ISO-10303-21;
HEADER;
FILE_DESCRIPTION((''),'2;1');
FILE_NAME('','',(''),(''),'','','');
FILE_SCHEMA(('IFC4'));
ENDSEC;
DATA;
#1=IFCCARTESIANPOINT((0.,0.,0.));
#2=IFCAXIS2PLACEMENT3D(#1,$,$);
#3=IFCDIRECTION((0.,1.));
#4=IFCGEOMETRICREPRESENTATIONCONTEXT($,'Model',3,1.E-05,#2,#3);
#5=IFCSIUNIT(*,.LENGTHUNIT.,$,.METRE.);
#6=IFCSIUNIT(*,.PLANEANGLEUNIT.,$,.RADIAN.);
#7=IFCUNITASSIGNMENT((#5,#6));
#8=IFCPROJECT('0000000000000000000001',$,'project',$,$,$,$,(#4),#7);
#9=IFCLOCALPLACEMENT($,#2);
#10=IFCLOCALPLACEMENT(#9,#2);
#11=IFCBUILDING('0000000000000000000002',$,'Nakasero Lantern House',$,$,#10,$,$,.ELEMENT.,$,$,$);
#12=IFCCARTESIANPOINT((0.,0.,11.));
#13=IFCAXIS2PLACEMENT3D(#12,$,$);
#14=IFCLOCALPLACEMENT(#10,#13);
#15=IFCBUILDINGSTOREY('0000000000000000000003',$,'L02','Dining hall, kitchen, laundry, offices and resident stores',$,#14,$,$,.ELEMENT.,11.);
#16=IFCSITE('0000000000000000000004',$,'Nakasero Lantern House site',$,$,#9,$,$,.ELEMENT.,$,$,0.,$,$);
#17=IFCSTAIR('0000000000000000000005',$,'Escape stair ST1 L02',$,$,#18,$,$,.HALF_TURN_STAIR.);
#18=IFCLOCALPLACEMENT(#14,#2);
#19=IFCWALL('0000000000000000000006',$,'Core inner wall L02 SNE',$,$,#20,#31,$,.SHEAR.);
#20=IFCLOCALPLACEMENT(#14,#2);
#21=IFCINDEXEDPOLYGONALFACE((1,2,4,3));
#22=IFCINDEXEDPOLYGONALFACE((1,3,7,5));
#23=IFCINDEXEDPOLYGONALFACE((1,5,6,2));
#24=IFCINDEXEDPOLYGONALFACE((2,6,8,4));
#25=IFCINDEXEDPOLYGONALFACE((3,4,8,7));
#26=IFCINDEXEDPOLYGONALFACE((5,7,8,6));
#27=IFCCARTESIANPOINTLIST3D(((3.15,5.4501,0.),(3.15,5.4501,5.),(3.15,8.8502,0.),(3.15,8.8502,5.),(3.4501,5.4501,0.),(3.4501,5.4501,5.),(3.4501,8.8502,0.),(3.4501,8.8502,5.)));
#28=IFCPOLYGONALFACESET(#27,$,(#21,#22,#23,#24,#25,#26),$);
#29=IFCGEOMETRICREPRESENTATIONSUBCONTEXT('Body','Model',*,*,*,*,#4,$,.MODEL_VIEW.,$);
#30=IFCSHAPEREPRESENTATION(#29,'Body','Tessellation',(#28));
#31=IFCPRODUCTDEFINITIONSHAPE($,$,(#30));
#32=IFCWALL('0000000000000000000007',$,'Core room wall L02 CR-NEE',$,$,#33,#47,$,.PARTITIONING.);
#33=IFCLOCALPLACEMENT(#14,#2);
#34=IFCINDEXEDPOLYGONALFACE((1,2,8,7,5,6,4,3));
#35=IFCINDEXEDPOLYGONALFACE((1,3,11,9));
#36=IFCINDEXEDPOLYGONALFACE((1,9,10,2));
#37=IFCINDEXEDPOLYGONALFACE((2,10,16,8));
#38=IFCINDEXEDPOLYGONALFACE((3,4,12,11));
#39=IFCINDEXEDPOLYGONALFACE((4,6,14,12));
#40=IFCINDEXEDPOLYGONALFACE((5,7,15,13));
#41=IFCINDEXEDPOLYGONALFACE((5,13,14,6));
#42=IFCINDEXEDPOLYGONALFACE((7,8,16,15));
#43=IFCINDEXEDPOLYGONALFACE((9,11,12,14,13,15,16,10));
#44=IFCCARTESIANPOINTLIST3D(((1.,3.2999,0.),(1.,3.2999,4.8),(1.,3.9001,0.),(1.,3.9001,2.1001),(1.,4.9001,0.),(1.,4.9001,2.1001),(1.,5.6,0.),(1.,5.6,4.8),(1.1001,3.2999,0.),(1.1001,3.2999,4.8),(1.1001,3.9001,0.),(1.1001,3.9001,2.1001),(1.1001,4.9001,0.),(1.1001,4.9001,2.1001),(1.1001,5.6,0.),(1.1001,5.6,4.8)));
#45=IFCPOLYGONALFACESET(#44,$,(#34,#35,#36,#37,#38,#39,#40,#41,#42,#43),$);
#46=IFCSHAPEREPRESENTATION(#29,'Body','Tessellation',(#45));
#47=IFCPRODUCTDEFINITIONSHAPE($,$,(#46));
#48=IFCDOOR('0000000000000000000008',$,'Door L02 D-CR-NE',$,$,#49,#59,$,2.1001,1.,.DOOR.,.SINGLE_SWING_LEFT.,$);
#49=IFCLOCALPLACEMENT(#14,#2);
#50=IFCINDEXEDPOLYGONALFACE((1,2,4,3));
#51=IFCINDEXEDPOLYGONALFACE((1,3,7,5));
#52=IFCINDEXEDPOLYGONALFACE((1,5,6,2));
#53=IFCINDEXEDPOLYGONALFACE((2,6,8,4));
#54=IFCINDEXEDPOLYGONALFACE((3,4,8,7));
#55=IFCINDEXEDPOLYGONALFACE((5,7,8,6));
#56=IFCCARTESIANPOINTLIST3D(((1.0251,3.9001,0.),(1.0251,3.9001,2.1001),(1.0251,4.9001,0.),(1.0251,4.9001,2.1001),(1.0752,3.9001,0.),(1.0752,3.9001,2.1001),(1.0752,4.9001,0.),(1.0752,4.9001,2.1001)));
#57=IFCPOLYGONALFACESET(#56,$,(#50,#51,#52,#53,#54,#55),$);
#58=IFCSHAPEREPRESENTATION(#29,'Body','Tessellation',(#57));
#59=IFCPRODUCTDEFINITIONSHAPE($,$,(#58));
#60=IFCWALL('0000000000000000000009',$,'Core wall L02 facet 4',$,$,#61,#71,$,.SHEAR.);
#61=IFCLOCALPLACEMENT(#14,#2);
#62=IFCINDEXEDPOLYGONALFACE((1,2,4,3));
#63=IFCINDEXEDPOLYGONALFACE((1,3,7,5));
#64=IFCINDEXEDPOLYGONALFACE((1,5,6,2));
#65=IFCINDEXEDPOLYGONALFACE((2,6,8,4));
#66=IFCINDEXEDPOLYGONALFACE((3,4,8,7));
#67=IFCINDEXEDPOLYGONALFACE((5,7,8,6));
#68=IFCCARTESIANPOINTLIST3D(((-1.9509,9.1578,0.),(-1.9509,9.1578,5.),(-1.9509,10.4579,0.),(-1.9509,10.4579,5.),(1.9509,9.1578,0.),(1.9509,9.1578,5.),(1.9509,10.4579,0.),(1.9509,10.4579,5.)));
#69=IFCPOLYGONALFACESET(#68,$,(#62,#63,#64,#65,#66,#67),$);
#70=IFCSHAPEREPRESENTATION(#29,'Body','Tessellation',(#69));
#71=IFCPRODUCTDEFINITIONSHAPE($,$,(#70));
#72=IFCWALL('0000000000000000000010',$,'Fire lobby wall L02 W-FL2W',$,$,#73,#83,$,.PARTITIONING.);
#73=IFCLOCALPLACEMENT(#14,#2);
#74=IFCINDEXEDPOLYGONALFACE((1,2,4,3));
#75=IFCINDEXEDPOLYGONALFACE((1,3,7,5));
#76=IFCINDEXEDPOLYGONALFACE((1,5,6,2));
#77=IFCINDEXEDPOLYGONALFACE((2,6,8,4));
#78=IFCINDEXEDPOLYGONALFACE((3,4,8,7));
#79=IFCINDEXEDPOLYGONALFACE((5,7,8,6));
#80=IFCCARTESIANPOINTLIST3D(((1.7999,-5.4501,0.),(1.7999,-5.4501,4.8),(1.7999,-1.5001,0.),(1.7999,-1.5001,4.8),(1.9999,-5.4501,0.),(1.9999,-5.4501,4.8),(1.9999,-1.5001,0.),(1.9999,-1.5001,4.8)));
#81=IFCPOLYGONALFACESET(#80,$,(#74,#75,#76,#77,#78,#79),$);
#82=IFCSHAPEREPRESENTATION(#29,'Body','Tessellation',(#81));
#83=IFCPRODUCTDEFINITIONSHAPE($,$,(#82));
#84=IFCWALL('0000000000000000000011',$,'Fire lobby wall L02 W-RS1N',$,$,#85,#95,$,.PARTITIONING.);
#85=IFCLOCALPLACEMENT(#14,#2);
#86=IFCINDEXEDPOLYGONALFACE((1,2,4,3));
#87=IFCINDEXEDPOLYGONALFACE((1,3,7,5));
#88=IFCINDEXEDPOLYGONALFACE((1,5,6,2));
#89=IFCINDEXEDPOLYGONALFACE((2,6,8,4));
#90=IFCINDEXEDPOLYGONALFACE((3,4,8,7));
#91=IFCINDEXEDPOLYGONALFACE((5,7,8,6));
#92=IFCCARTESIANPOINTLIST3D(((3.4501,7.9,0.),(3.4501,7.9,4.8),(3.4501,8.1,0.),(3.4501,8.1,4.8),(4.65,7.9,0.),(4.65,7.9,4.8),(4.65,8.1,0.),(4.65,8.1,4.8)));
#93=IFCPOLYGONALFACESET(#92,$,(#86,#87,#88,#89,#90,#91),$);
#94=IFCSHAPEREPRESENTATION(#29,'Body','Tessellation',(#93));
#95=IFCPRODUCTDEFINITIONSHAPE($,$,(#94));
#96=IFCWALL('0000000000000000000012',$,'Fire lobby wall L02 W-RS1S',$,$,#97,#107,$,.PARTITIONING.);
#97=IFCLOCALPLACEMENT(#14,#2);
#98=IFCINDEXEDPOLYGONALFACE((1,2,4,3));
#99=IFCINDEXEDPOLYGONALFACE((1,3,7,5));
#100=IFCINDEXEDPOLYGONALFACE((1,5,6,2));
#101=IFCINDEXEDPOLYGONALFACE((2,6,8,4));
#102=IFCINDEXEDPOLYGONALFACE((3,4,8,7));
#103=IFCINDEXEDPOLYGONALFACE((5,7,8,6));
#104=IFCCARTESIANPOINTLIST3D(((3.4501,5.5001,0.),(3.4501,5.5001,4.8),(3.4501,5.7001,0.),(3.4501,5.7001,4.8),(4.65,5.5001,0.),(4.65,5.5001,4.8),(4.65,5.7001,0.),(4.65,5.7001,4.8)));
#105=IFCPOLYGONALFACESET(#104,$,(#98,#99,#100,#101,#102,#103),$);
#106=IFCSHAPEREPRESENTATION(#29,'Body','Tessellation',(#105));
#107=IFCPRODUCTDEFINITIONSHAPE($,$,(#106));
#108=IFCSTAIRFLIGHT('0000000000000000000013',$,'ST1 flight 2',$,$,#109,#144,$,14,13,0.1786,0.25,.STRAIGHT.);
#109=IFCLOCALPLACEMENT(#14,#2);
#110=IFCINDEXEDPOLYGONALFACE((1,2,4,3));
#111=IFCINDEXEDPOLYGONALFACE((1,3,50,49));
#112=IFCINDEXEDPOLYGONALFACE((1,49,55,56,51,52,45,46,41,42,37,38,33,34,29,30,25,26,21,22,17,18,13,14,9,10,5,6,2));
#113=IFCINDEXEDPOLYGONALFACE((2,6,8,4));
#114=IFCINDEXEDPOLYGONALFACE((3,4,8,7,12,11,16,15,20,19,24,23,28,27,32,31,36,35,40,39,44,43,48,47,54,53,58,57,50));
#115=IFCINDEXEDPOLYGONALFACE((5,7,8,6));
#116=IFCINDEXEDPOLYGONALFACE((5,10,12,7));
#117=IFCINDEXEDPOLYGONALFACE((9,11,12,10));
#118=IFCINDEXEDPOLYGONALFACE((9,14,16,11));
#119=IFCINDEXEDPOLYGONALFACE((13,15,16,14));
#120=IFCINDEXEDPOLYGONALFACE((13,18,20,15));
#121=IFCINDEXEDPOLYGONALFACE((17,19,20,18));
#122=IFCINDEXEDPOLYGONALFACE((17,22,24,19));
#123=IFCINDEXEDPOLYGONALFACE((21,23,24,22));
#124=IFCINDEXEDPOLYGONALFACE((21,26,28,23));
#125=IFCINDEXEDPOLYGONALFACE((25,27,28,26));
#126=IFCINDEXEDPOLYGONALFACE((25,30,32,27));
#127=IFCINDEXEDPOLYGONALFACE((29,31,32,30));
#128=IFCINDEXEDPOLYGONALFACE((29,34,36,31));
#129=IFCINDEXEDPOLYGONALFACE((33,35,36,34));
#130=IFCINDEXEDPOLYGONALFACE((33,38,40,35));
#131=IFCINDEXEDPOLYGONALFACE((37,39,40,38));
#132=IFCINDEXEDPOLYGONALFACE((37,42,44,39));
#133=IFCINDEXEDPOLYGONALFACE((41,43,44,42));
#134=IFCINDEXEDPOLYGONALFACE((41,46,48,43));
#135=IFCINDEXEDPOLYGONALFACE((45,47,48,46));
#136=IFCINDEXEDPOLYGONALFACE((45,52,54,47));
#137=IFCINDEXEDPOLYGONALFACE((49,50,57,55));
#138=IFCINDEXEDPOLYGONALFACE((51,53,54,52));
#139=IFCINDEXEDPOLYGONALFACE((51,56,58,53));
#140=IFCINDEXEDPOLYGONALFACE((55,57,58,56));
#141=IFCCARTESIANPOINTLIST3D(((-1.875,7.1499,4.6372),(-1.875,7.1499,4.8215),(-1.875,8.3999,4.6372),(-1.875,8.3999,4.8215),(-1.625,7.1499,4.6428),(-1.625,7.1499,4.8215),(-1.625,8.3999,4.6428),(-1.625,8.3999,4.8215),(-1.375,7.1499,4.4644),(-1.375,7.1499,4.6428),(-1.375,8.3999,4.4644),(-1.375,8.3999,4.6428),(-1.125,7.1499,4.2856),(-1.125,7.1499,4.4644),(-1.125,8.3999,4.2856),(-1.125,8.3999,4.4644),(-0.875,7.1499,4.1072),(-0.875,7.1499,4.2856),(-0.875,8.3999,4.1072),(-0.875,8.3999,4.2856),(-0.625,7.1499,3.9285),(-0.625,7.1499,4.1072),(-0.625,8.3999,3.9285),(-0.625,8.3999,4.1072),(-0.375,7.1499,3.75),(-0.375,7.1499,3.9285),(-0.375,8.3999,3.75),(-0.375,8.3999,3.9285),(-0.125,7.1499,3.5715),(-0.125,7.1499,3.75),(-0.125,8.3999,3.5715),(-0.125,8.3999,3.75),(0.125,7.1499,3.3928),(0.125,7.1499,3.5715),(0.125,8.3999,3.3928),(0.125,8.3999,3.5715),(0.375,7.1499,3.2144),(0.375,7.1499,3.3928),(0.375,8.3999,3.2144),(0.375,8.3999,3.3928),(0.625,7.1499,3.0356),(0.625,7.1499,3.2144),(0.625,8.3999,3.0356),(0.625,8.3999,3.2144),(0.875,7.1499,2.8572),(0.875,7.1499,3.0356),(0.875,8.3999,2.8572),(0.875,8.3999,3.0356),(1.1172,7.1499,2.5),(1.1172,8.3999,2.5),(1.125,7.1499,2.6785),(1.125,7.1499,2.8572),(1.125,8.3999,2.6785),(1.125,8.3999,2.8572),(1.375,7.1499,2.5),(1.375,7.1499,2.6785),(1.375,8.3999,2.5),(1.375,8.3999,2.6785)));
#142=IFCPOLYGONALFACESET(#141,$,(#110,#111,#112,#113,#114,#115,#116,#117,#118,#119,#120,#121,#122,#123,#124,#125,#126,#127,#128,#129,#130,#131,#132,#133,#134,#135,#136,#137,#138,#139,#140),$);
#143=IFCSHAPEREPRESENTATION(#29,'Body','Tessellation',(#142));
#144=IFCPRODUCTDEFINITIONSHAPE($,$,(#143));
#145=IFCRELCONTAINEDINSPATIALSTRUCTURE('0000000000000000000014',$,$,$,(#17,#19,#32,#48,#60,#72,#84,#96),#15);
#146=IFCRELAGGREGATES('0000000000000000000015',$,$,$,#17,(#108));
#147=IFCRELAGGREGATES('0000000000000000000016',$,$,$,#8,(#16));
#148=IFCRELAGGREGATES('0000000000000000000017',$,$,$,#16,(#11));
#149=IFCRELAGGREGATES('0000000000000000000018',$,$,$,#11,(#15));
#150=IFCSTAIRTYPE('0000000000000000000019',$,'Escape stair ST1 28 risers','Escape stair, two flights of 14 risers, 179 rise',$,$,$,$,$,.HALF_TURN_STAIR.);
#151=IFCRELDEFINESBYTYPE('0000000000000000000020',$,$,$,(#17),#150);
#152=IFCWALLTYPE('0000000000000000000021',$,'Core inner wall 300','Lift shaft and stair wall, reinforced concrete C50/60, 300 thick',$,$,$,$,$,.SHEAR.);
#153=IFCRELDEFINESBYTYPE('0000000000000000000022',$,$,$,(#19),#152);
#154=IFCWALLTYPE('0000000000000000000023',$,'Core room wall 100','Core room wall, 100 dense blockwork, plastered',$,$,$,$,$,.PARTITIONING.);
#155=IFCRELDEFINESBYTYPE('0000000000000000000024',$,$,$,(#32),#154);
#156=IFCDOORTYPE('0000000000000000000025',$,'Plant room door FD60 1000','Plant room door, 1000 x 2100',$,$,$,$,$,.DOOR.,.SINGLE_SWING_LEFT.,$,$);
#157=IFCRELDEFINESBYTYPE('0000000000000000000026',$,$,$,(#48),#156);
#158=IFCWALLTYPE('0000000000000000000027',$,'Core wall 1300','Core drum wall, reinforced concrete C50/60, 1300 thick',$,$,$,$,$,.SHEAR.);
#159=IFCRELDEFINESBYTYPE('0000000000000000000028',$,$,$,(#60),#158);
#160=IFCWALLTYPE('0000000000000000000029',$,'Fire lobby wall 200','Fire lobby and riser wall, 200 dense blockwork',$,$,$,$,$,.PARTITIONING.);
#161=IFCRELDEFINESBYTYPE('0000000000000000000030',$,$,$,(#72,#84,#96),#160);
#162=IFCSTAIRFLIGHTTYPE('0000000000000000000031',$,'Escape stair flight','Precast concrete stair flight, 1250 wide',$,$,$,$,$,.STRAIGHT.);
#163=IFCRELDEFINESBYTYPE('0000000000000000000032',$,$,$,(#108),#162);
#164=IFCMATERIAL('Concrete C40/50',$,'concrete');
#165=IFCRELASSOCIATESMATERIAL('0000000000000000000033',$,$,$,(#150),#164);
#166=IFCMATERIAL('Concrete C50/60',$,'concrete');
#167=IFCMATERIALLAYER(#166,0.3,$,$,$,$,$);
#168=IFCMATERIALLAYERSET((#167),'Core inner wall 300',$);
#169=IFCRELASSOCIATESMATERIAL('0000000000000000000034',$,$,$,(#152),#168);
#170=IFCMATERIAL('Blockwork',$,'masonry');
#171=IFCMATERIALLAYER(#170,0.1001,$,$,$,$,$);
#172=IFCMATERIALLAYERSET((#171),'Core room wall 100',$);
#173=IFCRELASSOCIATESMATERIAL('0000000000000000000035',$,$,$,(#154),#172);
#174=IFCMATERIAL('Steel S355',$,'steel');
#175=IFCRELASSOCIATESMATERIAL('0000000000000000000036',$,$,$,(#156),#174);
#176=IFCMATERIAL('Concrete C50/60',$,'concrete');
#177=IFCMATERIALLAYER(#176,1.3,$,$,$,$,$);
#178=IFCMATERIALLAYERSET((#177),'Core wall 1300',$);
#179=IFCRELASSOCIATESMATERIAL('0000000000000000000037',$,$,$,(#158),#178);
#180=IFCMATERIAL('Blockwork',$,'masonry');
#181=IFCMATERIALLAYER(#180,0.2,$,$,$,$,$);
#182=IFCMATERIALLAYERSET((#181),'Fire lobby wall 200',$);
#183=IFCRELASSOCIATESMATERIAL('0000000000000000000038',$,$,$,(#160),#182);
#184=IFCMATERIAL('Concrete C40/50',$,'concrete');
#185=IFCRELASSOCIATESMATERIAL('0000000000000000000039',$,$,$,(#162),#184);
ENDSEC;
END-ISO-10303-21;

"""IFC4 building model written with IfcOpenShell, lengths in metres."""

from ifc_helpers import new_model, si_unit, direction, frame, frame_2d, origin, place, context, subcontext, project, spatial, polyline, rectangle, outline, extrude, material, layer, layer_set, type_object, element, fill, aggregate, save


model = new_model("IFC4")

# Units and contexts
model_context = context("Model", 3, precision=1e-05, world=origin(), true_north=direction((0.0, 1.0)))
body_context = subcontext(model_context, "Body", "Model", "MODEL_VIEW")
ifc_project = project(units=[si_unit("LENGTHUNIT", "METRE"), si_unit("PLANEANGLEUNIT", "RADIAN")], contexts=[model_context])

# Site, building, storey
site_placement = place(None, origin())
site = spatial("IfcSite", under=ifc_project, at=site_placement, Name="Nakasero Lantern House site", CompositionType="ELEMENT", RefElevation=0.0)
building_placement = place(site_placement, origin())
building = spatial("IfcBuilding", under=site, at=building_placement, Name="Nakasero Lantern House", CompositionType="ELEMENT")
storey_placement = place(building_placement, frame((0.0, 0.0, 11.0)))
storey = spatial("IfcBuildingStorey", under=building, at=storey_placement, Name="L02", Description="Dining hall, kitchen, laundry, offices and resident stores", CompositionType="ELEMENT", Elevation=11.0)

# Stair
ifc_material_1 = material(Name="Concrete C40/50", Category="concrete")
stair_type_1 = type_object("IfcStairType", Name="Escape stair ST1 28 risers", Description="Escape stair, two flights of 14 risers, 179 rise", PredefinedType="HALF_TURN_STAIR", material=ifc_material_1)
stair_1_placement = place(storey_placement, origin())
stair_1 = element("IfcStair", 1, at=stair_1_placement, inside=storey, type_object=stair_type_1, Name="Escape stair ST1 L02", PredefinedType="HALF_TURN_STAIR")

# Wall
ifc_material_2 = material(Name="Concrete C50/60", Category="concrete")
ifc_layer_1 = layer(ifc_material_2, 0.3)
ifc_layer_set_1 = layer_set([ifc_layer_1], Name="Core inner wall 300")
wall_type_1 = type_object("IfcWallType", Name="Core inner wall 300", Description="Lift shaft and stair wall, reinforced concrete C50/60, 300 thick", PredefinedType="SHEAR", material=ifc_layer_set_1)
wall_1_placement = place(storey_placement, frame((3.3, 5.45, 0.0), z_axis=(0.0, 0.0, 1.0), x_axis=(0.0, 1.0, 0.0)))
element("IfcWall", 2, at=wall_1_placement, inside=storey, type_object=wall_type_1, Name="Core inner wall L02 SNE", PredefinedType="SHEAR", context=body_context, shape_type="SweptSolid", body=[
    extrude(rectangle(XDim=3.4001, YDim=0.3, at=frame_2d((1.7002, 0.0))), origin(), (0.0, 0.0, 1.0), 5.0),
])

# Wall, opening, door
ifc_material_3 = material(Name="Blockwork", Category="masonry")
ifc_layer_2 = layer(ifc_material_3, 0.1001)
ifc_layer_set_2 = layer_set([ifc_layer_2], Name="Core room wall 100")
wall_type_2 = type_object("IfcWallType", Name="Core room wall 100", Description="Core room wall, 100 dense blockwork, plastered", PredefinedType="PARTITIONING", material=ifc_layer_set_2)
wall_2_placement = place(storey_placement, frame((1.05, 3.3, 0.0), z_axis=(0.0, 0.0, 1.0), x_axis=(0.0, 1.0, 0.0)))
wall_2 = element("IfcWall", 3, at=wall_2_placement, inside=storey, type_object=wall_type_2, Name="Core room wall L02 CR-NEE", PredefinedType="PARTITIONING", context=body_context, shape_type="SweptSolid", body=[
    extrude(rectangle(XDim=2.3, YDim=0.1001, at=frame_2d((1.1499, 0.0))), origin(), (0.0, 0.0, 1.0), 4.8),
])
opening_placement = place(wall_2_placement, frame((0.6001, 0.0, 0.0)))
opening = element("IfcOpeningElement", 4, at=opening_placement, cuts=wall_2, PredefinedType="OPENING", context=body_context, shape_type="SweptSolid", body=[
    extrude(rectangle(XDim=1.0, YDim=2.1001, at=frame_2d((0.5, 1.05))), frame((0.0, 0.0701, 0.0), z_axis=(0.0, -1.0, 0.0), x_axis=(1.0, 0.0, 0.0)), (0.0, 0.0, 1.0), 0.1401),
])
ifc_material_4 = material(Name="Steel S355", Category="steel")
door_type = type_object("IfcDoorType", Name="Plant room door FD60 1000", Description="Plant room door, 1000 x 2100", OperationType="SINGLE_SWING_LEFT", PredefinedType="DOOR", material=ifc_material_4)
door_placement = place(opening_placement, origin())
door = element("IfcDoor", 5, at=door_placement, inside=storey, type_object=door_type, Name="Door L02 D-CR-NE", OperationType="SINGLE_SWING_LEFT", OverallHeight=2.1001, OverallWidth=1.0, PredefinedType="DOOR", context=body_context, shape_type="SweptSolid", body=[
    extrude(rectangle(XDim=1.0, YDim=2.1001, at=frame_2d((0.5, 1.05))), frame((0.0, 0.0249, 0.0), z_axis=(0.0, -1.0, 0.0), x_axis=(1.0, 0.0, 0.0)), (0.0, 0.0, 1.0), 0.05),
])
fill(opening, door)

# Walls
ifc_material_5 = material(Name="Concrete C50/60", Category="concrete")
ifc_layer_3 = layer(ifc_material_5, 1.3)
ifc_layer_set_3 = layer_set([ifc_layer_3], Name="Core wall 1300")
wall_type_3 = type_object("IfcWallType", Name="Core wall 1300", Description="Core drum wall, reinforced concrete C50/60, 1300 thick", PredefinedType="SHEAR", material=ifc_layer_set_3)
wall_3_placement = place(storey_placement, frame((1.9509, 9.8079, 0.0), z_axis=(0.0, 0.0, 1.0), x_axis=(-1.0, 0.0, 0.0)))
element("IfcWall", 6, at=wall_3_placement, inside=storey, type_object=wall_type_3, Name="Core wall L02 facet 4", PredefinedType="SHEAR", context=body_context, shape_type="SweptSolid", body=[
    extrude(rectangle(XDim=3.9019, YDim=1.3, at=frame_2d((1.9509, 0.0))), origin(), (0.0, 0.0, 1.0), 5.0),
])
ifc_material_6 = material(Name="Blockwork", Category="masonry")
ifc_layer_4 = layer(ifc_material_6, 0.2)
ifc_layer_set_4 = layer_set([ifc_layer_4], Name="Fire lobby wall 200")
wall_type_4 = type_object("IfcWallType", Name="Fire lobby wall 200", Description="Fire lobby and riser wall, 200 dense blockwork", PredefinedType="PARTITIONING", material=ifc_layer_set_4)
wall_4_placement = place(storey_placement, frame((1.8999, -1.5, 0.0), z_axis=(0.0, 0.0, 1.0), x_axis=(0.0, -1.0, 0.0)))
element("IfcWall", 7, at=wall_4_placement, inside=storey, type_object=wall_type_4, Name="Fire lobby wall L02 W-FL2W", PredefinedType="PARTITIONING", context=body_context, shape_type="SweptSolid", body=[
    extrude(rectangle(XDim=3.95, YDim=0.2, at=frame_2d((1.9751, 0.0))), origin(), (0.0, 0.0, 1.0), 4.8),
])
for number, where, z_axis, x_axis, name in (
    (8, (3.45, 8.0, 0.0), (0.0, 0.0, 1.0), (1.0, 0.0, 0.0), "Fire lobby wall L02 W-RS1N"),
    (9, (3.45, 5.6001, 0.0), (0.0, 0.0, 1.0), (1.0, 0.0, 0.0), "Fire lobby wall L02 W-RS1S"),
):
    element("IfcWall", number, at=place(storey_placement, frame(where, z_axis=z_axis, x_axis=x_axis)), inside=storey, type_object=wall_type_4, Name=name, PredefinedType="PARTITIONING", context=body_context, shape_type="SweptSolid", body=[
        extrude(rectangle(XDim=1.2, YDim=0.2, at=frame_2d((0.6001, 0.0))), origin(), (0.0, 0.0, 1.0), 4.8),
    ])

# Stair flight
ifc_material_7 = material(Name="Concrete C40/50", Category="concrete")
stair_flight_type = type_object("IfcStairFlightType", Name="Escape stair flight", Description="Precast concrete stair flight, 1250 wide", PredefinedType="STRAIGHT", material=ifc_material_7)
stair_flight_placement = place(storey_placement, frame((1.375, 7.7749, 2.5), z_axis=(0.0, 0.0, 1.0), x_axis=(-1.0, 0.0, 0.0)))
stair_flight = element("IfcStairFlight", 10, at=stair_flight_placement, type_object=stair_flight_type, Name="ST1 flight 2", NumberOfRisers=14, NumberOfTreads=13, PredefinedType="STRAIGHT", RiserHeight=0.1786, TreadLength=0.25, context=body_context, shape_type="SweptSolid", body=[
    extrude(outline(polyline([(0.0, 0.0), (0.0, 0.1785), (0.25, 0.1785), (0.25, 0.3572), (0.5, 0.3572), (0.5, 0.5356), (0.75, 0.5356), (0.75, 0.7144), (1.0, 0.7144), (1.0, 0.8928), (1.25, 0.8928), (1.25, 1.0715), (1.5, 1.0715), (1.5, 1.25), (1.75, 1.25), (1.75, 1.4285), (2.0, 1.4285), (2.0, 1.6072), (2.25, 1.6072), (2.25, 1.7856), (2.5, 1.7856), (2.5, 1.9644), (2.75, 1.9644), (2.75, 2.1428), (3.0, 2.1428), (3.0, 2.3215), (3.25, 2.3215), (3.25, 2.5), (3.25, 2.1372), (0.2578, 0.0), (0.0, 0.0)])), frame((0.0, 0.625, 0.0), z_axis=(0.0, -1.0, 0.0), x_axis=(1.0, 0.0, 0.0)), (0.0, 0.0, 1.0), 1.25),
])
aggregate(stair_1, [stair_flight])

save(model, "model.ifc")
